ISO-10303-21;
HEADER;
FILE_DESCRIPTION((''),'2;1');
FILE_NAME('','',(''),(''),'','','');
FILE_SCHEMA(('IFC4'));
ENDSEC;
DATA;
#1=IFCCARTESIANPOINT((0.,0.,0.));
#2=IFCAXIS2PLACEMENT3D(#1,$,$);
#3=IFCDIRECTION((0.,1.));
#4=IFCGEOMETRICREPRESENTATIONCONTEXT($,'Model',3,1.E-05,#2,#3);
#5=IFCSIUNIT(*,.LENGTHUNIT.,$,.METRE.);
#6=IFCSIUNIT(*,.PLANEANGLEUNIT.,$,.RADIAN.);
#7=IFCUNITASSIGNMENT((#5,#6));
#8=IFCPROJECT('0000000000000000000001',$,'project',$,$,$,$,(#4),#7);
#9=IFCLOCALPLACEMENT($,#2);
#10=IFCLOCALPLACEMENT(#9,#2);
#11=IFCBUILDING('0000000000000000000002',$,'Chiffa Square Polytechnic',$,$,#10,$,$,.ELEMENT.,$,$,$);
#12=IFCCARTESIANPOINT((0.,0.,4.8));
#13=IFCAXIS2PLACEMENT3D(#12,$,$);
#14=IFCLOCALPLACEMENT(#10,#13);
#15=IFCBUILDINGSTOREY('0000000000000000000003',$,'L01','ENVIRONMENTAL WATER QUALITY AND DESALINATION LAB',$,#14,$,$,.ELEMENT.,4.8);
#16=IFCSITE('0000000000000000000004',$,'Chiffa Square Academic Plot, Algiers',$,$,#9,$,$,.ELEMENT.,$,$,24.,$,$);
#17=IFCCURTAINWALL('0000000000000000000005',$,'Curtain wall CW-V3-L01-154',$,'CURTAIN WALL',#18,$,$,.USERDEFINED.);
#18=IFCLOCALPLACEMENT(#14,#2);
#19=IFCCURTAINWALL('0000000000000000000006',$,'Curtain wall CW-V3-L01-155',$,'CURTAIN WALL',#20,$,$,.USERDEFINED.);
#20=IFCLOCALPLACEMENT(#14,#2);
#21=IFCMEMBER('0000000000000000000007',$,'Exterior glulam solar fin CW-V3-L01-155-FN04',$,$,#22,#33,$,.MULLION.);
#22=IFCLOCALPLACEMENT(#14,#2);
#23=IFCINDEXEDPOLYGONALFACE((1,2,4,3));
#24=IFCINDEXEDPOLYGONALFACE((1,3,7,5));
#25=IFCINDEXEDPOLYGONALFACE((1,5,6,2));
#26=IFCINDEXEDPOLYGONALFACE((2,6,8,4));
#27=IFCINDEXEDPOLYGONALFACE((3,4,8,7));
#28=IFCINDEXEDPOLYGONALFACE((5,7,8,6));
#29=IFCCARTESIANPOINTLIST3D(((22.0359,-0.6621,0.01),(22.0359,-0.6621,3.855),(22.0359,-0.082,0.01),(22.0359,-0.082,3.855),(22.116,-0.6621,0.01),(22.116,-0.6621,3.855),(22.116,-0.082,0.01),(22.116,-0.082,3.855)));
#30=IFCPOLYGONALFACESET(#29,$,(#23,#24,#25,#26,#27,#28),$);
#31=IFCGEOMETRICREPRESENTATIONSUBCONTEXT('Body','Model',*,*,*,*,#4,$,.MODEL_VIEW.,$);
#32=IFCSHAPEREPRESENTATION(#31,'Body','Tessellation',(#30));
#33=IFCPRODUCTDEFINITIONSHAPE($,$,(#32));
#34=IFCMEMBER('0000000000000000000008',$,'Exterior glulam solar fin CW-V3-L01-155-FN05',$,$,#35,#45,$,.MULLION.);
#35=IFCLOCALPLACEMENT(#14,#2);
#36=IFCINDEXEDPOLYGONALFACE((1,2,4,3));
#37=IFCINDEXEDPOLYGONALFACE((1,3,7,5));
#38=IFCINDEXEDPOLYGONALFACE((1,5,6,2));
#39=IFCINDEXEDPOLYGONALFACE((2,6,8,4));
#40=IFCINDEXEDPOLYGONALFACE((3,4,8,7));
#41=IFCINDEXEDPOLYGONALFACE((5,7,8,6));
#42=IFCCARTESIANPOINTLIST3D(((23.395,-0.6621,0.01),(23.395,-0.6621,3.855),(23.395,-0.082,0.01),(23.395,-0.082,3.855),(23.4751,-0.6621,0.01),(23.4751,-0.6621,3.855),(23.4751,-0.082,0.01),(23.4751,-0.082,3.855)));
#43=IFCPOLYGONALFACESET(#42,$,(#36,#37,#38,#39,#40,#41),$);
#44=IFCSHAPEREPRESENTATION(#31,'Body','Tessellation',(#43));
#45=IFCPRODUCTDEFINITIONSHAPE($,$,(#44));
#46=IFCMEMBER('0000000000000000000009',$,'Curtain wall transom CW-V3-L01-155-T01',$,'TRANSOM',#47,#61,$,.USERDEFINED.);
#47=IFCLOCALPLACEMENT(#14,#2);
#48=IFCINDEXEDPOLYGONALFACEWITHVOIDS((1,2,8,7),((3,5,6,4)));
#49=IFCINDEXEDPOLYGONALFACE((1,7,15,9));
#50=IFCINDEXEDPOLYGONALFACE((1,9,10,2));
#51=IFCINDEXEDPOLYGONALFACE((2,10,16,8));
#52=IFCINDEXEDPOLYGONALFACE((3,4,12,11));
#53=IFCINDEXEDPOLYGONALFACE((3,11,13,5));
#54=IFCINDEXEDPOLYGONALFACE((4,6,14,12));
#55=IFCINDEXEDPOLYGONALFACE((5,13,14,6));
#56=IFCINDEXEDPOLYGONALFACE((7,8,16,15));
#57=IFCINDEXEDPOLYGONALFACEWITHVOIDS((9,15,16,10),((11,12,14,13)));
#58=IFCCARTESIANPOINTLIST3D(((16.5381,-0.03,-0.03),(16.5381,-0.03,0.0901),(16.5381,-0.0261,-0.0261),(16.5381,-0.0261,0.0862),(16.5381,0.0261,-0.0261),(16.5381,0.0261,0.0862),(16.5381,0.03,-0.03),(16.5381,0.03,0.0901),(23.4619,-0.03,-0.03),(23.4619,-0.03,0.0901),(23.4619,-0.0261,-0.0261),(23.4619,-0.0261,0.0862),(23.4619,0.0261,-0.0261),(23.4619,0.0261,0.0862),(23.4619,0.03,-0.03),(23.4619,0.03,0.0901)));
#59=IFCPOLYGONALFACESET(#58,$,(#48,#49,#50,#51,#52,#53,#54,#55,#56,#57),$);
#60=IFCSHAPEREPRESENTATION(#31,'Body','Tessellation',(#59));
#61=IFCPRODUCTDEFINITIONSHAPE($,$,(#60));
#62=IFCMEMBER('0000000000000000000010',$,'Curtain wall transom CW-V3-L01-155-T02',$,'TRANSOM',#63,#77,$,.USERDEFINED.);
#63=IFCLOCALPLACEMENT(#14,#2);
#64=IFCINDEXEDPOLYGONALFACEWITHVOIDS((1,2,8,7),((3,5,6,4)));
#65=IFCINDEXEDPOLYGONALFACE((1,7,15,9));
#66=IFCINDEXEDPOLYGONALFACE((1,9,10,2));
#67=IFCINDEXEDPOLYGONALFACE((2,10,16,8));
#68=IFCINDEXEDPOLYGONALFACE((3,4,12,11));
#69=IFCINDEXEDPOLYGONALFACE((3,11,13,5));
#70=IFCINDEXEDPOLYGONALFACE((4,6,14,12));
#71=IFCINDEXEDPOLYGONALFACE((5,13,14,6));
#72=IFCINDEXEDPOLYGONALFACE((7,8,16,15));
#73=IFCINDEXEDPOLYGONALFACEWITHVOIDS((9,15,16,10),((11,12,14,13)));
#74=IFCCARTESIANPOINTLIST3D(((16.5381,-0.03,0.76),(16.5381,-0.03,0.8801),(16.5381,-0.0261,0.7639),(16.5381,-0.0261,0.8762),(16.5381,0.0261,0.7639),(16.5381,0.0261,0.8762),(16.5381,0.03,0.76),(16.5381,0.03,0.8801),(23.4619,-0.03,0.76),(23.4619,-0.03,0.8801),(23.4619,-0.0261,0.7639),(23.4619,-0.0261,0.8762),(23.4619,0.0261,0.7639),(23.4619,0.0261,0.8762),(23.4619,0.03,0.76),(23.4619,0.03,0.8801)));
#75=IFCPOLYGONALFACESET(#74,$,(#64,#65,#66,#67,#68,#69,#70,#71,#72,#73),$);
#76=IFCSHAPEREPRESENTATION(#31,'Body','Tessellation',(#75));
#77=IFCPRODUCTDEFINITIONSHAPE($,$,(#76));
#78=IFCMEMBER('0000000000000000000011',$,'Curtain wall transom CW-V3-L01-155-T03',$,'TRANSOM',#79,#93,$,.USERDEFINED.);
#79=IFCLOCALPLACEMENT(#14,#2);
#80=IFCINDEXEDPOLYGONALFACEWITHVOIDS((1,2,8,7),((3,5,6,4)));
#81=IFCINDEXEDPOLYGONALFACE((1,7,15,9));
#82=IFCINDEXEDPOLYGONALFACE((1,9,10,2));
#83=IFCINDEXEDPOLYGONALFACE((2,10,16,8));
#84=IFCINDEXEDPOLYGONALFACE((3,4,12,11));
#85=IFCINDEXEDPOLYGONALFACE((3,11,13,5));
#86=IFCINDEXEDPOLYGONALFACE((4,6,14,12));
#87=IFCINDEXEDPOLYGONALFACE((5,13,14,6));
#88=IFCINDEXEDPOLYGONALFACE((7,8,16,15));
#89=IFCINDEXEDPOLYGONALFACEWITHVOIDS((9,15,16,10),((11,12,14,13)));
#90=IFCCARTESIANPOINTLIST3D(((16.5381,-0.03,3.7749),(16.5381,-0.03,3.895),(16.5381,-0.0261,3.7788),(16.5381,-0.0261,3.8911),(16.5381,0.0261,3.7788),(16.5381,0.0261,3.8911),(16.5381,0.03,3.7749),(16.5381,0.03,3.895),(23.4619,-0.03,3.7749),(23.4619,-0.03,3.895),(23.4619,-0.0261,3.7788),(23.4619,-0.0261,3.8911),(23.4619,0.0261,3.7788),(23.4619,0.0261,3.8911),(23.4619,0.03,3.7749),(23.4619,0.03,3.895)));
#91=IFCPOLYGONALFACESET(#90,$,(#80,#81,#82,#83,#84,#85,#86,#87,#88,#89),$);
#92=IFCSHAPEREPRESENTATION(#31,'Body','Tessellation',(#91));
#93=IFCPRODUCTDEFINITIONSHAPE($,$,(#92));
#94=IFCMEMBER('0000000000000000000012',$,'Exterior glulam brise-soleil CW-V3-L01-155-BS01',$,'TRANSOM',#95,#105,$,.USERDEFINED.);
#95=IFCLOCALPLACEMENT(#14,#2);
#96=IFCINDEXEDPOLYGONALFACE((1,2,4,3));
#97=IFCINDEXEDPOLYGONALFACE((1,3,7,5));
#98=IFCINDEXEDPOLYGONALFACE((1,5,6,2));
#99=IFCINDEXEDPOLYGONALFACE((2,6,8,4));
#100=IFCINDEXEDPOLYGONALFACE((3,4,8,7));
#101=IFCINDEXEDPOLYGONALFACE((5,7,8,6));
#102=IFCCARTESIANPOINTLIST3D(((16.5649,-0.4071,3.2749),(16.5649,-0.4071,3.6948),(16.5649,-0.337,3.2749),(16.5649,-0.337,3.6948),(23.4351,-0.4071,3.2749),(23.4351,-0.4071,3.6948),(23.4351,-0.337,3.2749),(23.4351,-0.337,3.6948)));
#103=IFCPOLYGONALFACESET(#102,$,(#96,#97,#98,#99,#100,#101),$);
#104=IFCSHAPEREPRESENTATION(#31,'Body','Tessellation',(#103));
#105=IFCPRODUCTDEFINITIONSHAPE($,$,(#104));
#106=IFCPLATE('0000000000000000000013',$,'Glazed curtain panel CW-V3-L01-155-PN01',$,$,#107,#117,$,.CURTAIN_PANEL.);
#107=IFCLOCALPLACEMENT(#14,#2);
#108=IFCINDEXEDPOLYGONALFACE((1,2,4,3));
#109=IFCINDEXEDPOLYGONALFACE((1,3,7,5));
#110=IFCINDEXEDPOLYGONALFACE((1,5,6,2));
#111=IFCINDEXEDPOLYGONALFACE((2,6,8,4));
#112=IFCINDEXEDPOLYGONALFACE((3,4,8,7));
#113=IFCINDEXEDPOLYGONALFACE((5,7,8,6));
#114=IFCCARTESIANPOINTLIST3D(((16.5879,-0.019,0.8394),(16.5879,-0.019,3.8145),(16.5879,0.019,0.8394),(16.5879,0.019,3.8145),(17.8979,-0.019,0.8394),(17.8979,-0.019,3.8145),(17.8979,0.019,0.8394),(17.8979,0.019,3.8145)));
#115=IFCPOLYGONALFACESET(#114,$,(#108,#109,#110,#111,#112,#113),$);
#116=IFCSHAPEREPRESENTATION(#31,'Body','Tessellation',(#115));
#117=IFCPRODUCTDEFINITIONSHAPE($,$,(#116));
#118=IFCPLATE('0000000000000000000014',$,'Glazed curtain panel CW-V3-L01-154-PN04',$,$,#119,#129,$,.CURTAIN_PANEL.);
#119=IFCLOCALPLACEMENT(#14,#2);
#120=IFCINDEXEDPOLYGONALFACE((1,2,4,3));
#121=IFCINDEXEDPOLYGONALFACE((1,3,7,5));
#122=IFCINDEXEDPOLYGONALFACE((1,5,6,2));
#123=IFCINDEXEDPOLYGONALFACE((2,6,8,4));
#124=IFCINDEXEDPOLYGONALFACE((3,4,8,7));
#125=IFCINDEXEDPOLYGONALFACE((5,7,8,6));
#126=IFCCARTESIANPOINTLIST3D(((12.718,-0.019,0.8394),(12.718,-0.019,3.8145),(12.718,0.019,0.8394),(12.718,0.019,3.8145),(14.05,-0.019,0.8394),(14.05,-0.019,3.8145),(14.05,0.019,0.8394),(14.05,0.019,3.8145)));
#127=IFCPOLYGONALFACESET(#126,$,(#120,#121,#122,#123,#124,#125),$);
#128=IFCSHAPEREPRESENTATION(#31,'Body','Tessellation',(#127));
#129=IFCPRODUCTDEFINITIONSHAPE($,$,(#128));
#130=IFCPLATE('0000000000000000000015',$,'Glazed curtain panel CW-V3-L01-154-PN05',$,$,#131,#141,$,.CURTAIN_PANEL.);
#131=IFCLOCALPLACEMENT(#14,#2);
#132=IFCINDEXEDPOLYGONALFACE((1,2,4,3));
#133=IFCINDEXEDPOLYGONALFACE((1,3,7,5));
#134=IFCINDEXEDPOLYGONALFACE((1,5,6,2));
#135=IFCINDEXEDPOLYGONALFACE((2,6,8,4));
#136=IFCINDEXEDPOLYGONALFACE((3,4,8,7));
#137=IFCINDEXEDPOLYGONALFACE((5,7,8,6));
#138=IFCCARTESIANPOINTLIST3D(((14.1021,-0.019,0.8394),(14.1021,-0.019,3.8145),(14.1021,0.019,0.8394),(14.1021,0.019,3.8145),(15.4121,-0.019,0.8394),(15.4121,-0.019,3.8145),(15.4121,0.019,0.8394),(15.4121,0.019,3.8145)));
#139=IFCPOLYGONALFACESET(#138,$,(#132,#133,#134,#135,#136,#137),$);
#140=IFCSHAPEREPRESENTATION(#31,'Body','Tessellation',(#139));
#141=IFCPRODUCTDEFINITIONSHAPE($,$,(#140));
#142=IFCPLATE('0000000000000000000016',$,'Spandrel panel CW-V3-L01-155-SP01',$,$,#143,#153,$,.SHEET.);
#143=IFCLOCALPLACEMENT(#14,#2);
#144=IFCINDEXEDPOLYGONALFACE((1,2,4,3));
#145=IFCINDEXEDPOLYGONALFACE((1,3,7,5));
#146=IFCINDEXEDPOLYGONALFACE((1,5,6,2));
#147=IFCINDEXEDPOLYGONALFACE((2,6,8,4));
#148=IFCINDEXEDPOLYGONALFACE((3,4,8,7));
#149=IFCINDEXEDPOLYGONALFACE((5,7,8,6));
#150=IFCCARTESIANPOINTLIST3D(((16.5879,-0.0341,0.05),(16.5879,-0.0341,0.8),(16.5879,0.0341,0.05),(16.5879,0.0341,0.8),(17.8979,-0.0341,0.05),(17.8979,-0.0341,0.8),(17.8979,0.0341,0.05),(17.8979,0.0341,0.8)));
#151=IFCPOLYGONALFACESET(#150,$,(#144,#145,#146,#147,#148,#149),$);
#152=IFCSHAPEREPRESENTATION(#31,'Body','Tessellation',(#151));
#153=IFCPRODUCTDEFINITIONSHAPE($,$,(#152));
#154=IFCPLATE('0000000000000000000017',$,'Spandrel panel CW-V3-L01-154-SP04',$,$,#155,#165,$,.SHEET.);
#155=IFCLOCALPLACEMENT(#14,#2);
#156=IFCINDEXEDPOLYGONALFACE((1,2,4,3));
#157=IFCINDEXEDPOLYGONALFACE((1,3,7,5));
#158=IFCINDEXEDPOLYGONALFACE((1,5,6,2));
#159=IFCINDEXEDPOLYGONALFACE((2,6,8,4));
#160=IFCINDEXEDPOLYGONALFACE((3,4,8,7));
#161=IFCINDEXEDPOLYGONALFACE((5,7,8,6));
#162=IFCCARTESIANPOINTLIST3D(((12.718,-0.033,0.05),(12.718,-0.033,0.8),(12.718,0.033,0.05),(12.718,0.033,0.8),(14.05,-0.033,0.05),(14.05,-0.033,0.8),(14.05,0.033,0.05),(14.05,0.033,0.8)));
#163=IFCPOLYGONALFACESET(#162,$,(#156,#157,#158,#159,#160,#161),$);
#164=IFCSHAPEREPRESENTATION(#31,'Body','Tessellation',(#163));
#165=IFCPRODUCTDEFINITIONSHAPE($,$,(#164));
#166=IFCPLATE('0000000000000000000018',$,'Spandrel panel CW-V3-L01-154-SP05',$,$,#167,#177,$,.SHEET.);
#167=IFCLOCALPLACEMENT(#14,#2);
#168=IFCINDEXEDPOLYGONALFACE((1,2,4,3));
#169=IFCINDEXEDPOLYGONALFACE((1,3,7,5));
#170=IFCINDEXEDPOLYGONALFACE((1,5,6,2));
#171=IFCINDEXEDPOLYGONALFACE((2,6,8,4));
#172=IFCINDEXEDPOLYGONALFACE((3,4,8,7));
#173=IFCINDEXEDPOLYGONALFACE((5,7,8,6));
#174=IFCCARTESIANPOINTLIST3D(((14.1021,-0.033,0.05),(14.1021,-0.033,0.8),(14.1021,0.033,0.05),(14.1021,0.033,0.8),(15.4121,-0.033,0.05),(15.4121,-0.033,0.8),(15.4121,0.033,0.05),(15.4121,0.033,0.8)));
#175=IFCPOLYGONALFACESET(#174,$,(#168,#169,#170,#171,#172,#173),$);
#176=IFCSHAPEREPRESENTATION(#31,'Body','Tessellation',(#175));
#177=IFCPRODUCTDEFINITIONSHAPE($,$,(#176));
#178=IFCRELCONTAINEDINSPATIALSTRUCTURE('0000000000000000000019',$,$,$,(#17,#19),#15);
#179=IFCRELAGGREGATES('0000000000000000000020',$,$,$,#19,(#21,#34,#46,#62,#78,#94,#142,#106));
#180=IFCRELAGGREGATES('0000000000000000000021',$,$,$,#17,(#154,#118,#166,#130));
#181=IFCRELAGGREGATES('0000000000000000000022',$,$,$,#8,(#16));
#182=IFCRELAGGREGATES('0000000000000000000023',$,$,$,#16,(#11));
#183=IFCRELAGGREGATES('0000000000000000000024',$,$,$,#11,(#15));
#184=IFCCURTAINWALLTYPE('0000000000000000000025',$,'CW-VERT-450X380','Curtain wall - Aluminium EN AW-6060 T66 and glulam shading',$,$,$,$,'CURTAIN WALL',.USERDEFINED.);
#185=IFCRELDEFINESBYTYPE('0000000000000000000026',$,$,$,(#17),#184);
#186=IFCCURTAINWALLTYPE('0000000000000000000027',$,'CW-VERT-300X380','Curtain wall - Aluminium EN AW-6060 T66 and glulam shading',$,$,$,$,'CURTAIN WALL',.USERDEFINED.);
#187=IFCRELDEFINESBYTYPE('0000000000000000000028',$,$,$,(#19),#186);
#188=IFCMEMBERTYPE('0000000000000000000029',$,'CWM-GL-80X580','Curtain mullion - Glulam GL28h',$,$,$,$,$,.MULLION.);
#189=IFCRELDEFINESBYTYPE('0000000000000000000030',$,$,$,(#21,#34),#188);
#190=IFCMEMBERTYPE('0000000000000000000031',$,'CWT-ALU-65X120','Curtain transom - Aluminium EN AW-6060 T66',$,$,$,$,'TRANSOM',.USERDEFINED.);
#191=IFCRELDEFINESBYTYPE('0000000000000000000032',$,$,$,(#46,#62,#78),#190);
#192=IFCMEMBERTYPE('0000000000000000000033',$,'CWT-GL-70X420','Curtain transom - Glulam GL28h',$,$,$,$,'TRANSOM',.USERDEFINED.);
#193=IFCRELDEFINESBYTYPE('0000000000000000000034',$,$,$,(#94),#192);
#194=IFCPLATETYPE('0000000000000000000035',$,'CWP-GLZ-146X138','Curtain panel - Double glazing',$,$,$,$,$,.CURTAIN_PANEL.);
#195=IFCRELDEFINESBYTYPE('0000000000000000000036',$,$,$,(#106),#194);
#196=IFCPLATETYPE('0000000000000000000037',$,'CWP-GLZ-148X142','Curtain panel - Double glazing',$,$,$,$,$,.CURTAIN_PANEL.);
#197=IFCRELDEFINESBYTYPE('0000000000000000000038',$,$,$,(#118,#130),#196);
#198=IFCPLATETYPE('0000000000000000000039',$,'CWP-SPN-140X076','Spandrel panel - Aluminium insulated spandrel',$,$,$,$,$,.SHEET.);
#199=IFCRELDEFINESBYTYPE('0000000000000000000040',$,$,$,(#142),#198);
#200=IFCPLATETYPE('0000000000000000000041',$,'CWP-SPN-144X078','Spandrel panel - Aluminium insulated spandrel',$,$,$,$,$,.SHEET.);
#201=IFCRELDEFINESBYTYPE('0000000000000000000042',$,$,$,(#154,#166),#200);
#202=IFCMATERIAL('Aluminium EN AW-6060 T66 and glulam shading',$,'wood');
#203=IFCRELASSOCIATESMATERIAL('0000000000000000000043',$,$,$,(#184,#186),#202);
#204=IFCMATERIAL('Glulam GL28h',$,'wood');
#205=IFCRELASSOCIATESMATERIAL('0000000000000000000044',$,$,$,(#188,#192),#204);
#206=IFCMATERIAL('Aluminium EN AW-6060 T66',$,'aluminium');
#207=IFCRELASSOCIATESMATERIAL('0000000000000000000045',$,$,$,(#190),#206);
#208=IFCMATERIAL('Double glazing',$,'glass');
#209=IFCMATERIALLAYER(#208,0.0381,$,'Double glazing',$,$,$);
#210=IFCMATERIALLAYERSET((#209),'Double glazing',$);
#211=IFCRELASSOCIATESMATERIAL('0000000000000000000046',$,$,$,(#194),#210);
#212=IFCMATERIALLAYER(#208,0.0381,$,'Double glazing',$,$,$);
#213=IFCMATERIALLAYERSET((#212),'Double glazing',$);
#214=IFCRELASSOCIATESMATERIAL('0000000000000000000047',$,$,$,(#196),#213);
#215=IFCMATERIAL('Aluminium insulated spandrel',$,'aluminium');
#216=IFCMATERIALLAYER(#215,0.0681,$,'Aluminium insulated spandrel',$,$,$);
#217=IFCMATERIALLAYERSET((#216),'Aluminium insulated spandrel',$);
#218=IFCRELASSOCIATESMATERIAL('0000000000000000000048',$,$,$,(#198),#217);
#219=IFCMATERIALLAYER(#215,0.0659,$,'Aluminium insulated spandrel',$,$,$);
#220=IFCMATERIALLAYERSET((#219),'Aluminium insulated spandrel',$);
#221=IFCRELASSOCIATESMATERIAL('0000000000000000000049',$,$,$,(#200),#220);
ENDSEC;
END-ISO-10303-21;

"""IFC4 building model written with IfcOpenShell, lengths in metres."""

from ifc_helpers import new_model, si_unit, direction, frame, origin, origin_2d, place, context, subcontext, project, spatial, rectangle, hollow_rectangle, extrude, material, layer, layer_set, material_profile, profile_set, type_object, element, aggregate, save


model = new_model("IFC4")

# Units and contexts
model_context = context("Model", 3, precision=1e-05, world=origin(), true_north=direction((0.0, 1.0)))
body_context = subcontext(model_context, "Body", "Model", "MODEL_VIEW")
ifc_project = project(units=[si_unit("LENGTHUNIT", "METRE"), si_unit("PLANEANGLEUNIT", "RADIAN")], contexts=[model_context])

# Site, building, storey
site_placement = place(None, origin())
site = spatial("IfcSite", under=ifc_project, at=site_placement, Name="Chiffa Square Academic Plot, Algiers", CompositionType="ELEMENT", RefElevation=24.0)
building_placement = place(site_placement, origin())
building = spatial("IfcBuilding", under=site, at=building_placement, Name="Chiffa Square Polytechnic", CompositionType="ELEMENT")
storey_placement = place(building_placement, frame((0.0, 0.0, 4.8)))
storey = spatial("IfcBuildingStorey", under=building, at=storey_placement, Name="L01", Description="ENVIRONMENTAL WATER QUALITY AND DESALINATION LAB", CompositionType="ELEMENT", Elevation=4.8)

# Curtain walls
ifc_material_1 = material(Name="Aluminium EN AW-6060 T66 and glulam shading", Category="wood")
curtain_wall_type_1 = type_object("IfcCurtainWallType", Name="CW-VERT-450X380", Description="Curtain wall - Aluminium EN AW-6060 T66 and glulam shading", ElementType="CURTAIN WALL", PredefinedType="USERDEFINED", material=ifc_material_1)
curtain_wall_1_placement = place(storey_placement, origin())
curtain_wall_1 = element("IfcCurtainWall", 1, at=curtain_wall_1_placement, inside=storey, type_object=curtain_wall_type_1, Name="Curtain wall CW-V3-L01-154", ObjectType="CURTAIN WALL", PredefinedType="USERDEFINED")
ifc_material_2 = material(Name="Aluminium EN AW-6060 T66", Category="aluminium")
curtain_wall_type_2 = type_object("IfcCurtainWallType", Name="CW-VERT-300X380", Description="Curtain wall - Aluminium EN AW-6060 T66 and glulam shading", ElementType="CURTAIN WALL", PredefinedType="USERDEFINED", material=ifc_material_1)
curtain_wall_2_placement = place(storey_placement, origin())
curtain_wall_2 = element("IfcCurtainWall", 2, at=curtain_wall_2_placement, inside=storey, type_object=curtain_wall_type_2, Name="Curtain wall CW-V3-L01-155", ObjectType="CURTAIN WALL", PredefinedType="USERDEFINED")

# Members
ifc_material_3 = material(Name="Glulam GL28h", Category="wood")
ifc_material_profile_1 = material_profile(ifc_material_3, rectangle(XDim=0.0801, YDim=0.5801, at=origin_2d()), Name="GL28h 80x580")
ifc_profile_set_1 = profile_set([ifc_material_profile_1], Name="Glulam GL28h")
member_type_1 = type_object("IfcMemberType", Name="CWM-GL-80X580", Description="Curtain mullion - Glulam GL28h", PredefinedType="MULLION", material=ifc_profile_set_1)
member_1_placement = place(storey_placement, frame((22.0759, -0.3721, 0.01), z_axis=(0.0, 0.0, 1.0), x_axis=(1.0, 0.0, 0.0)))
member_1 = element("IfcMember", 3, at=member_1_placement, type_object=member_type_1, Name="Exterior glulam solar fin CW-V3-L01-155-FN04", PredefinedType="MULLION", context=body_context, shape_type="SweptSolid", body=[
    extrude(rectangle(XDim=0.0801, YDim=0.5801, at=origin_2d()), origin(), (0.0, 0.0, 1.0), 3.845),
])
member_2_placement = place(storey_placement, frame((23.4351, -0.3721, 0.01), z_axis=(0.0, 0.0, 1.0), x_axis=(1.0, 0.0, 0.0)))
member_2 = element("IfcMember", 4, at=member_2_placement, type_object=member_type_1, Name="Exterior glulam solar fin CW-V3-L01-155-FN05", PredefinedType="MULLION", context=body_context, shape_type="SweptSolid", body=[
    extrude(rectangle(XDim=0.0801, YDim=0.5801, at=origin_2d()), origin(), (0.0, 0.0, 1.0), 3.845),
])
ifc_material_profile_2 = material_profile(ifc_material_2, hollow_rectangle(XDim=0.0601, YDim=0.1201, WallThickness=0.0039, at=origin_2d()), Name="ALU 60x120x4")
ifc_profile_set_2 = profile_set([ifc_material_profile_2], Name="Aluminium EN AW-6060 T66")
member_type_2 = type_object("IfcMemberType", Name="CWT-ALU-65X120", Description="Curtain transom - Aluminium EN AW-6060 T66", ElementType="TRANSOM", PredefinedType="USERDEFINED", material=ifc_profile_set_2)
member_3_placement = place(storey_placement, frame((16.5381, 0.0, 0.03), z_axis=(1.0, 0.0, 0.0), x_axis=(0.0, 1.0, 0.0)))
member_3 = element("IfcMember", 5, at=member_3_placement, type_object=member_type_2, Name="Curtain wall transom CW-V3-L01-155-T01", ObjectType="TRANSOM", PredefinedType="USERDEFINED", context=body_context, shape_type="SweptSolid", body=[
    extrude(hollow_rectangle(XDim=0.0601, YDim=0.1201, WallThickness=0.0039, at=origin_2d()), origin(), (0.0, 0.0, 1.0), 6.9238),
])
member_4_placement = place(storey_placement, frame((16.5381, 0.0, 0.8201), z_axis=(1.0, 0.0, 0.0), x_axis=(0.0, 1.0, 0.0)))
member_4 = element("IfcMember", 6, at=member_4_placement, type_object=member_type_2, Name="Curtain wall transom CW-V3-L01-155-T02", ObjectType="TRANSOM", PredefinedType="USERDEFINED", context=body_context, shape_type="SweptSolid", body=[
    extrude(hollow_rectangle(XDim=0.0601, YDim=0.1201, WallThickness=0.0039, at=origin_2d()), origin(), (0.0, 0.0, 1.0), 6.9238),
])
member_5_placement = place(storey_placement, frame((16.5381, 0.0, 3.835), z_axis=(1.0, 0.0, 0.0), x_axis=(0.0, 1.0, 0.0)))
member_5 = element("IfcMember", 7, at=member_5_placement, type_object=member_type_2, Name="Curtain wall transom CW-V3-L01-155-T03", ObjectType="TRANSOM", PredefinedType="USERDEFINED", context=body_context, shape_type="SweptSolid", body=[
    extrude(hollow_rectangle(XDim=0.0601, YDim=0.1201, WallThickness=0.0039, at=origin_2d()), origin(), (0.0, 0.0, 1.0), 6.9238),
])
ifc_material_profile_3 = material_profile(ifc_material_3, rectangle(XDim=0.0701, YDim=0.4199, at=origin_2d()), Name="GL28h 70x420")
ifc_profile_set_3 = profile_set([ifc_material_profile_3], Name="Glulam GL28h")
member_type_3 = type_object("IfcMemberType", Name="CWT-GL-70X420", Description="Curtain transom - Glulam GL28h", ElementType="TRANSOM", PredefinedType="USERDEFINED", material=ifc_profile_set_3)
member_6_placement = place(storey_placement, frame((16.5649, -0.3721, 3.4849), z_axis=(1.0, 0.0, 0.0), x_axis=(0.0, 1.0, 0.0)))
member_6 = element("IfcMember", 8, at=member_6_placement, type_object=member_type_3, Name="Exterior glulam brise-soleil CW-V3-L01-155-BS01", ObjectType="TRANSOM", PredefinedType="USERDEFINED", context=body_context, shape_type="SweptSolid", body=[
    extrude(rectangle(XDim=0.0701, YDim=0.4199, at=origin_2d()), origin(), (0.0, 0.0, 1.0), 6.8701),
])

# Plates
ifc_material_4 = material(Name="Double glazing", Category="glass")
ifc_layer_1 = layer(ifc_material_4, 0.0381, Name="Double glazing")
ifc_layer_set_1 = layer_set([ifc_layer_1], Name="Double glazing")
plate_type_1 = type_object("IfcPlateType", Name="CWP-GLZ-146X138", Description="Curtain panel - Double glazing", PredefinedType="CURTAIN_PANEL", material=ifc_layer_set_1)
plate_1_placement = place(storey_placement, frame((17.2429, 0.0, 0.8394), z_axis=(0.0, 0.0, 1.0), x_axis=(1.0, 0.0, 0.0)))
plate_1 = element("IfcPlate", 9, at=plate_1_placement, type_object=plate_type_1, Name="Glazed curtain panel CW-V3-L01-155-PN01", PredefinedType="CURTAIN_PANEL", context=body_context, shape_type="SweptSolid", body=[
    extrude(rectangle(XDim=1.3101, YDim=0.0381, at=origin_2d()), origin(), (0.0, 0.0, 1.0), 2.9751),
])
ifc_layer_2 = layer(ifc_material_4, 0.0381, Name="Double glazing")
ifc_layer_set_2 = layer_set([ifc_layer_2], Name="Double glazing")
plate_type_2 = type_object("IfcPlateType", Name="CWP-GLZ-148X142", Description="Curtain panel - Double glazing", PredefinedType="CURTAIN_PANEL", material=ifc_layer_set_2)
plate_2_placement = place(storey_placement, frame((13.384, 0.0, 0.8394), z_axis=(0.0, 0.0, 1.0), x_axis=(1.0, 0.0, 0.0)))
plate_2 = element("IfcPlate", 10, at=plate_2_placement, type_object=plate_type_2, Name="Glazed curtain panel CW-V3-L01-154-PN04", PredefinedType="CURTAIN_PANEL", context=body_context, shape_type="SweptSolid", body=[
    extrude(rectangle(XDim=1.332, YDim=0.0381, at=origin_2d()), origin(), (0.0, 0.0, 1.0), 2.9751),
])
plate_3_placement = place(storey_placement, frame((14.7571, 0.0, 0.8394), z_axis=(0.0, 0.0, 1.0), x_axis=(1.0, 0.0, 0.0)))
plate_3 = element("IfcPlate", 11, at=plate_3_placement, type_object=plate_type_2, Name="Glazed curtain panel CW-V3-L01-154-PN05", PredefinedType="CURTAIN_PANEL", context=body_context, shape_type="SweptSolid", body=[
    extrude(rectangle(XDim=1.3101, YDim=0.0381, at=origin_2d()), origin(), (0.0, 0.0, 1.0), 2.9751),
])
ifc_material_5 = material(Name="Aluminium insulated spandrel", Category="aluminium")
ifc_layer_3 = layer(ifc_material_5, 0.0681, Name="Aluminium insulated spandrel")
ifc_layer_set_3 = layer_set([ifc_layer_3], Name="Aluminium insulated spandrel")
plate_type_3 = type_object("IfcPlateType", Name="CWP-SPN-140X076", Description="Spandrel panel - Aluminium insulated spandrel", PredefinedType="SHEET", material=ifc_layer_set_3)
plate_4_placement = place(storey_placement, frame((17.2429, 0.0, 0.05), z_axis=(0.0, 0.0, 1.0), x_axis=(1.0, 0.0, 0.0)))
plate_4 = element("IfcPlate", 12, at=plate_4_placement, type_object=plate_type_3, Name="Spandrel panel CW-V3-L01-155-SP01", PredefinedType="SHEET", context=body_context, shape_type="SweptSolid", body=[
    extrude(rectangle(XDim=1.3101, YDim=0.0681, at=origin_2d()), origin(), (0.0, 0.0, 1.0), 0.75),
])
aggregate(curtain_wall_2, [member_1, member_2, member_3, member_4, member_5, member_6, plate_4, plate_1])
ifc_layer_4 = layer(ifc_material_5, 0.0659, Name="Aluminium insulated spandrel")
ifc_layer_set_4 = layer_set([ifc_layer_4], Name="Aluminium insulated spandrel")
plate_type_4 = type_object("IfcPlateType", Name="CWP-SPN-144X078", Description="Spandrel panel - Aluminium insulated spandrel", PredefinedType="SHEET", material=ifc_layer_set_4)
plate_5_placement = place(storey_placement, frame((13.384, 0.0, 0.05), z_axis=(0.0, 0.0, 1.0), x_axis=(1.0, 0.0, 0.0)))
plate_5 = element("IfcPlate", 13, at=plate_5_placement, type_object=plate_type_4, Name="Spandrel panel CW-V3-L01-154-SP04", PredefinedType="SHEET", context=body_context, shape_type="SweptSolid", body=[
    extrude(rectangle(XDim=1.332, YDim=0.0659, at=origin_2d()), origin(), (0.0, 0.0, 1.0), 0.75),
])
plate_6_placement = place(storey_placement, frame((14.7571, 0.0, 0.05), z_axis=(0.0, 0.0, 1.0), x_axis=(1.0, 0.0, 0.0)))
plate_6 = element("IfcPlate", 14, at=plate_6_placement, type_object=plate_type_4, Name="Spandrel panel CW-V3-L01-154-SP05", PredefinedType="SHEET", context=body_context, shape_type="SweptSolid", body=[
    extrude(rectangle(XDim=1.3101, YDim=0.0659, at=origin_2d()), origin(), (0.0, 0.0, 1.0), 0.75),
])
aggregate(curtain_wall_1, [plate_5, plate_2, plate_6, plate_3])

save(model, "model.ifc")
